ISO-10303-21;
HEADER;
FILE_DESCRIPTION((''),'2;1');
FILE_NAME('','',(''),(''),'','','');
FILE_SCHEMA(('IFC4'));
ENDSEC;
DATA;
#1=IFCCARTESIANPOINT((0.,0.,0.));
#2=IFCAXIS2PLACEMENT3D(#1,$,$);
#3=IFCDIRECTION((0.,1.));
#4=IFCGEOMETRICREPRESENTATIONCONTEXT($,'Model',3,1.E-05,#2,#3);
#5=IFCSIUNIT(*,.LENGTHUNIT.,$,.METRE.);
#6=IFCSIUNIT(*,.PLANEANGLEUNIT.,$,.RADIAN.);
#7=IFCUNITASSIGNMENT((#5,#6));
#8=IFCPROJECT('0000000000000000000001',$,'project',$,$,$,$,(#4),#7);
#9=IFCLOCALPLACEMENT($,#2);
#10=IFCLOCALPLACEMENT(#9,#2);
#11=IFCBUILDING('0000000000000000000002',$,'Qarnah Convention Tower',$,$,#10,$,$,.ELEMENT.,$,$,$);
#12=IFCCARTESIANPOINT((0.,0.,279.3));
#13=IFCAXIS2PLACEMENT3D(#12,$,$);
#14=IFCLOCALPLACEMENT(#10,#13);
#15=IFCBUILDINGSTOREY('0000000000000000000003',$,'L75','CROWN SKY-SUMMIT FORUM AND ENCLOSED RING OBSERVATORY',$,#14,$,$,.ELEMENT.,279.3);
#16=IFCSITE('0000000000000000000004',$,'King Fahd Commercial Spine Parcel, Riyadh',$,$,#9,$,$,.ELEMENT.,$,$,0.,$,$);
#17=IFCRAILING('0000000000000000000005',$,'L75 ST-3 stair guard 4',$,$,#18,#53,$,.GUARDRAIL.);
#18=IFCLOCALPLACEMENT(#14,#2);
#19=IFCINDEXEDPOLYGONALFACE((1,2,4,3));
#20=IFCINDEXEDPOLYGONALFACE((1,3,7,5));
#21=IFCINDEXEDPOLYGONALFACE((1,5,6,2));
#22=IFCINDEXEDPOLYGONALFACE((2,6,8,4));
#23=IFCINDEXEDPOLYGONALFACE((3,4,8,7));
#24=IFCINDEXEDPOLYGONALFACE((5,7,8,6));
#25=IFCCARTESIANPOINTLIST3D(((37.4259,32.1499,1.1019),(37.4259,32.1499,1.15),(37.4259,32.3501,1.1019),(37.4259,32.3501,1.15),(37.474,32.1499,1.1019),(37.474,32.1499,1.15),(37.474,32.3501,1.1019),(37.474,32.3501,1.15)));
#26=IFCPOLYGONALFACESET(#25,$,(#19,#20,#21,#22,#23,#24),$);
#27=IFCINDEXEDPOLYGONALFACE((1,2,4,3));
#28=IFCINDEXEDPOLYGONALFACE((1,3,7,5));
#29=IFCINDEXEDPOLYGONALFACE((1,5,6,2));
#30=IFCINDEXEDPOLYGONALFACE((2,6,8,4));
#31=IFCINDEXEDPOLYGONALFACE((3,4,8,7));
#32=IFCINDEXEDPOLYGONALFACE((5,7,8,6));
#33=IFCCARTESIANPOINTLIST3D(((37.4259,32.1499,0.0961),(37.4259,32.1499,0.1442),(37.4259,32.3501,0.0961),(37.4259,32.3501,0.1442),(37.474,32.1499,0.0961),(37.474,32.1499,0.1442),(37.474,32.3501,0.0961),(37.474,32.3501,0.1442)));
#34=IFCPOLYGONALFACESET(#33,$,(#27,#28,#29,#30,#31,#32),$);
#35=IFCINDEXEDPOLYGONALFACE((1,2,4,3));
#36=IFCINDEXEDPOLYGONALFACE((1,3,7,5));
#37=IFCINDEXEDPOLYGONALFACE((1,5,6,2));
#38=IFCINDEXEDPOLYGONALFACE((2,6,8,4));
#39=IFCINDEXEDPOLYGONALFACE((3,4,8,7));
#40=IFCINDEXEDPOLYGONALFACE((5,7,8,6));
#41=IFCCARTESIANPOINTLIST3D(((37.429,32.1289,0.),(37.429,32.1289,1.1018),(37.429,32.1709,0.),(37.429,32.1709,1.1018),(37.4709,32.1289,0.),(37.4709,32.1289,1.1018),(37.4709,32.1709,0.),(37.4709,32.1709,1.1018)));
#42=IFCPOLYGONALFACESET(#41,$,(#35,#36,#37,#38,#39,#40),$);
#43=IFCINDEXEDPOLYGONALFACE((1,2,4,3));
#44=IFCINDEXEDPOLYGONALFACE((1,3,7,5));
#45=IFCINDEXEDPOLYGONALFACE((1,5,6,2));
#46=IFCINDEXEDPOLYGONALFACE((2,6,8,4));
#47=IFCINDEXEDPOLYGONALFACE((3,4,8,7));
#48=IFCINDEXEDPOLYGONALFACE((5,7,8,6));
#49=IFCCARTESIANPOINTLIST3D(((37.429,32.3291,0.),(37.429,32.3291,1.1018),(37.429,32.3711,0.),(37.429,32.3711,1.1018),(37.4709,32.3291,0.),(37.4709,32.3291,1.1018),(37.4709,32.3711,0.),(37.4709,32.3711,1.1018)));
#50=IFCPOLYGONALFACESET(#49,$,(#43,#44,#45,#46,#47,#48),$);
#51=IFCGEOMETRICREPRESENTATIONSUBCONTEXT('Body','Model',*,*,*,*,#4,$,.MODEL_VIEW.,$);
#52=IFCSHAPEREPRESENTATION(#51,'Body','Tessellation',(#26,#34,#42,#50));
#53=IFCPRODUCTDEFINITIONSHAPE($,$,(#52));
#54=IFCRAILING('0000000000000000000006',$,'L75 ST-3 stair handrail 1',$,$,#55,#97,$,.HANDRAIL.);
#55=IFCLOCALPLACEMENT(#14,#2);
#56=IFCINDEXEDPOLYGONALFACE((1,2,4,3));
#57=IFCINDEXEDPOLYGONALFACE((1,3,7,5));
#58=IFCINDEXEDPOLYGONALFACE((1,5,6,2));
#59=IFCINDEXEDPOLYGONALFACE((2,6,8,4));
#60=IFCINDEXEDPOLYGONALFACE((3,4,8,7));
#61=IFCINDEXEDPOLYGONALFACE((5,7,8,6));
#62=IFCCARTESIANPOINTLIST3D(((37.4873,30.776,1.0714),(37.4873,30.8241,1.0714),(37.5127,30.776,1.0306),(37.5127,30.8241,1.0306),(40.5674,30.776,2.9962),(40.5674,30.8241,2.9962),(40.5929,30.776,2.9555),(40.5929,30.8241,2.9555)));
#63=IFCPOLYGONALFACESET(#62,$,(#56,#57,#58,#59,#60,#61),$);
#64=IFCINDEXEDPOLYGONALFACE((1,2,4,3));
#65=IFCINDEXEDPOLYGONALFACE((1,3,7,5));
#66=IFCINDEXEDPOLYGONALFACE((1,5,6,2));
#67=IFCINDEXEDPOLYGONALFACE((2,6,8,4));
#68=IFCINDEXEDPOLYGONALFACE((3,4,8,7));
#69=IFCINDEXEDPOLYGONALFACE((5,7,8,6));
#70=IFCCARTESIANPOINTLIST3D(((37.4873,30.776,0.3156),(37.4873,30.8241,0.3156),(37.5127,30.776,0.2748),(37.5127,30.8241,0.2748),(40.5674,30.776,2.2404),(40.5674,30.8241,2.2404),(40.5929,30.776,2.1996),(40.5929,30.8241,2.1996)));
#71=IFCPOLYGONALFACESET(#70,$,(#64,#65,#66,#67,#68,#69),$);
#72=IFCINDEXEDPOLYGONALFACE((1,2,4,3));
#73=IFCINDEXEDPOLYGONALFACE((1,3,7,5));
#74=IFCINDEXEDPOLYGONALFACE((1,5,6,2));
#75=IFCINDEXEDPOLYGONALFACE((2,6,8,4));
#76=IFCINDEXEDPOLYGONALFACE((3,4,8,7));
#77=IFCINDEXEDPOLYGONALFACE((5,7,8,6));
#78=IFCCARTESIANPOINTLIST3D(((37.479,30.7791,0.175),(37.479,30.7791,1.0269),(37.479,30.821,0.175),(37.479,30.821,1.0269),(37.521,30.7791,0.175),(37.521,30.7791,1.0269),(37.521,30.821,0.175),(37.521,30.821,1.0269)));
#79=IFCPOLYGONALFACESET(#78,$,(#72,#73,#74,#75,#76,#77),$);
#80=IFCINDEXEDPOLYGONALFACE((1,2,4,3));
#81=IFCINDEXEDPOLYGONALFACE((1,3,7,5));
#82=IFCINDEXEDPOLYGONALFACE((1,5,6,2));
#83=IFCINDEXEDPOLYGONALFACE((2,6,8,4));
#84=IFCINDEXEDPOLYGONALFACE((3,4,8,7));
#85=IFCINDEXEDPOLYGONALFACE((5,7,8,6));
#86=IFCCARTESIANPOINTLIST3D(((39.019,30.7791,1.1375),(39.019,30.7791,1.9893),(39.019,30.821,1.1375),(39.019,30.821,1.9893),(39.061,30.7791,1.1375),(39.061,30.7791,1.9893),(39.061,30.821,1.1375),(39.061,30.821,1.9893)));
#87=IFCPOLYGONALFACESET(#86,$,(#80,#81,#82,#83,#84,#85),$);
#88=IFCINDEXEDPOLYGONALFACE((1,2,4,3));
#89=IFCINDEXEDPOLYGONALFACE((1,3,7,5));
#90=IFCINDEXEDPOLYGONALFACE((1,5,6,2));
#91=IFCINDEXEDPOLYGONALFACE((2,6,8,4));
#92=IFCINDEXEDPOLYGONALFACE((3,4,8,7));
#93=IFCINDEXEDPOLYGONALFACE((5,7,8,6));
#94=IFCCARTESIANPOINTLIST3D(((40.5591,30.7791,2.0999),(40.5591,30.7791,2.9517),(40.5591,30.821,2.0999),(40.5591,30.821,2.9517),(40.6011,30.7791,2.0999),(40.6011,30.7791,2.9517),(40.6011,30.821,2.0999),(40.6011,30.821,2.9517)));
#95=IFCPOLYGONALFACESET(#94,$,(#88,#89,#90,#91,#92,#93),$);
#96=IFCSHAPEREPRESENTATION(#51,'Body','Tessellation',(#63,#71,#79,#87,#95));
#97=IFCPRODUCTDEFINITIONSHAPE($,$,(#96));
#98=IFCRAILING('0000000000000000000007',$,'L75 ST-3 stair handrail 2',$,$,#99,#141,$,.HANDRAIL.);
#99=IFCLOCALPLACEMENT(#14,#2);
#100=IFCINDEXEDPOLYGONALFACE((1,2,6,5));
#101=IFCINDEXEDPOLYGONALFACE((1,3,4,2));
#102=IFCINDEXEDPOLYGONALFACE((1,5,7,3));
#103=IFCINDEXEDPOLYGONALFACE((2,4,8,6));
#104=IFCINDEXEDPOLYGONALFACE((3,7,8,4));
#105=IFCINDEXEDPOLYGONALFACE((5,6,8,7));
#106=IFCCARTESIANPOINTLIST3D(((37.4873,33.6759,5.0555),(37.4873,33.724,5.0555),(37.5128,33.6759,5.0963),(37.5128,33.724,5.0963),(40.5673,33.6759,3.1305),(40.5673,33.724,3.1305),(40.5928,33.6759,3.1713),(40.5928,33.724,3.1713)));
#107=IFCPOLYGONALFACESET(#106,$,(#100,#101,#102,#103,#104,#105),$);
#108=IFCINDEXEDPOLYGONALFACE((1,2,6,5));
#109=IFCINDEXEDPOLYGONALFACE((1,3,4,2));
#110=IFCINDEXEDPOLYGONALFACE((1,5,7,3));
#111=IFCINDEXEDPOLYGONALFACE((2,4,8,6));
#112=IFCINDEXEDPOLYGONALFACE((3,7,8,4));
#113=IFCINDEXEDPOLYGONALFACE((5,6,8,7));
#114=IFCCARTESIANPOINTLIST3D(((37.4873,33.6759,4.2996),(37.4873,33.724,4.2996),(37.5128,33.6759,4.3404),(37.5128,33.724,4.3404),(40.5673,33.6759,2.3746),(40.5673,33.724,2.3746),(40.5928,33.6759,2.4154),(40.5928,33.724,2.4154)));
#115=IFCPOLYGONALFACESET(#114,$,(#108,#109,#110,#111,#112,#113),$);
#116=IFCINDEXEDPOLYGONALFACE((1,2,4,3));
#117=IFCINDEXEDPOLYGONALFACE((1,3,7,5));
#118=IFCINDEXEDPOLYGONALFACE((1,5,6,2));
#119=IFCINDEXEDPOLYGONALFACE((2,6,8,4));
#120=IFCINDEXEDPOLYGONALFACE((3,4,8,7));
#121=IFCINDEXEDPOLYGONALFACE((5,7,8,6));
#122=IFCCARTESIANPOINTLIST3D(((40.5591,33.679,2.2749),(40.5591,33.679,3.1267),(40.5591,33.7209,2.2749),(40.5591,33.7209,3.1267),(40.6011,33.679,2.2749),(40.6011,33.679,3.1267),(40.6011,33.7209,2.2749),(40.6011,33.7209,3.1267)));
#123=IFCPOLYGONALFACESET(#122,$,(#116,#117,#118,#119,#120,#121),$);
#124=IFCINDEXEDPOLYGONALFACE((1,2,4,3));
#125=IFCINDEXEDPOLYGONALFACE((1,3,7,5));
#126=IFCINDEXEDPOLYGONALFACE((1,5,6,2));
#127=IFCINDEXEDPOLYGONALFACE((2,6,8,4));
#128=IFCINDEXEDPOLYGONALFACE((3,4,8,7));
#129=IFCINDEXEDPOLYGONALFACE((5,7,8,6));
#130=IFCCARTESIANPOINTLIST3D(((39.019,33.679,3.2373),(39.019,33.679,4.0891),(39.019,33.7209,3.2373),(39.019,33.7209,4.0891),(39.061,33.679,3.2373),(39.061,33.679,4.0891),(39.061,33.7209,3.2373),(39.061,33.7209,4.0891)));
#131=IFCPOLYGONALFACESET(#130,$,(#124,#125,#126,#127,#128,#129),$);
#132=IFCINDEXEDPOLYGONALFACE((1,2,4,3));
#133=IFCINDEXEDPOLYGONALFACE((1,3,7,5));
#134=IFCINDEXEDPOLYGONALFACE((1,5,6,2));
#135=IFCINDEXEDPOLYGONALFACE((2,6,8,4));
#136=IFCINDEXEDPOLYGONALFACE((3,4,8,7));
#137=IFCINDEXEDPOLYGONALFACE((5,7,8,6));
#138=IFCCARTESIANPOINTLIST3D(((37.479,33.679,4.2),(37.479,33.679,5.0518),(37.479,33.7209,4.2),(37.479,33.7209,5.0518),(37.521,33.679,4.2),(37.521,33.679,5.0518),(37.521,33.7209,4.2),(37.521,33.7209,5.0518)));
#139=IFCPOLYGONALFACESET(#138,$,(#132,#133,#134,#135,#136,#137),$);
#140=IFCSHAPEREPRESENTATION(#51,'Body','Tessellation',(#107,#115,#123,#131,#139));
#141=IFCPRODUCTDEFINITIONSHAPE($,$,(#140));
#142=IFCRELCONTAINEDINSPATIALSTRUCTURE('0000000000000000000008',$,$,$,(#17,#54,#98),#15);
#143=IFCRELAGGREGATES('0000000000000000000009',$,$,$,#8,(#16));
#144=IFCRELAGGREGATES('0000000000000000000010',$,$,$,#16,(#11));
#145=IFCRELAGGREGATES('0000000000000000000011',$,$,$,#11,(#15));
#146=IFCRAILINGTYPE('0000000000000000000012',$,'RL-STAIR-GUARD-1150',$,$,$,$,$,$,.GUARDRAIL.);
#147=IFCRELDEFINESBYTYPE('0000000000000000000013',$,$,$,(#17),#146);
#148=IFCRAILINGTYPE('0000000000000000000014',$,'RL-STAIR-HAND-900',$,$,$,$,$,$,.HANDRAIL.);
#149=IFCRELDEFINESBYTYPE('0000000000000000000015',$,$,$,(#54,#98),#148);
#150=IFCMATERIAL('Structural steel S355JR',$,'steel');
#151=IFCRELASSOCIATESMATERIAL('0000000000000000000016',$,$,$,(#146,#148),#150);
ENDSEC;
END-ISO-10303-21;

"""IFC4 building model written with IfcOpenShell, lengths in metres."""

from ifc_helpers import new_model, si_unit, direction, frame, origin, origin_2d, place, context, subcontext, project, spatial, rectangle, extrude, material, type_object, element, save


model = new_model("IFC4")

# Units and contexts
model_context = context("Model", 3, precision=1e-05, world=origin(), true_north=direction((0.0, 1.0)))
body_context = subcontext(model_context, "Body", "Model", "MODEL_VIEW")
ifc_project = project(units=[si_unit("LENGTHUNIT", "METRE"), si_unit("PLANEANGLEUNIT", "RADIAN")], contexts=[model_context])

# Site, building, storey
site_placement = place(None, origin())
site = spatial("IfcSite", under=ifc_project, at=site_placement, Name="King Fahd Commercial Spine Parcel, Riyadh", CompositionType="ELEMENT", RefElevation=0.0)
building_placement = place(site_placement, origin())
building = spatial("IfcBuilding", under=site, at=building_placement, Name="Qarnah Convention Tower", CompositionType="ELEMENT")
storey_placement = place(building_placement, frame((0.0, 0.0, 279.3)))
storey = spatial("IfcBuildingStorey", under=building, at=storey_placement, Name="L75", Description="CROWN SKY-SUMMIT FORUM AND ENCLOSED RING OBSERVATORY", CompositionType="ELEMENT", Elevation=279.3)

# Shared definitions
ifc_material_1 = material(Name="Structural steel S355JR", Category="steel")

# Railings
railing_type_1 = type_object("IfcRailingType", Name="RL-STAIR-GUARD-1150", PredefinedType="GUARDRAIL", material=ifc_material_1)
railing_1_placement = place(storey_placement, frame((37.45, 32.1499, 0.0)))
element("IfcRailing", 1, at=railing_1_placement, inside=storey, type_object=railing_type_1, Name="L75 ST-3 stair guard 4", PredefinedType="GUARDRAIL", context=body_context, shape_type="SweptSolid", body=[
    extrude(rectangle(XDim=0.0481, YDim=0.0481, at=origin_2d()), frame((0.0, 0.0, 1.126), z_axis=(0.0, 1.0, 0.0), x_axis=(-1.0, 0.0, 0.0)), (0.0, 0.0, 1.0), 0.2002),
    extrude(rectangle(XDim=0.0481, YDim=0.0481, at=origin_2d()), frame((0.0, 0.0, 0.1201), z_axis=(0.0, 1.0, 0.0), x_axis=(-1.0, 0.0, 0.0)), (0.0, 0.0, 1.0), 0.2002),
    extrude(rectangle(XDim=0.042, YDim=0.042, at=origin_2d()), origin(), (0.0, 0.0, 1.0), 1.1018),
    extrude(rectangle(XDim=0.042, YDim=0.042, at=origin_2d()), frame((0.0, 0.2002, 0.0)), (0.0, 0.0, 1.0), 1.1018),
])
railing_type_2 = type_object("IfcRailingType", Name="RL-STAIR-HAND-900", PredefinedType="HANDRAIL", material=ifc_material_1)
railing_2_placement = place(storey_placement, frame((37.5, 30.8, 0.175)))
element("IfcRailing", 2, at=railing_2_placement, inside=storey, type_object=railing_type_2, Name="L75 ST-3 stair handrail 1", PredefinedType="HANDRAIL", context=body_context, shape_type="SweptSolid", body=[
    extrude(rectangle(XDim=0.0481, YDim=0.0481, at=origin_2d()), frame((0.0, 0.0, 0.876), z_axis=(0.848029, 0.0, 0.529951), x_axis=(0.0, 1.0, 0.0)), (0.0, 0.0, 1.0), 3.6321),
    extrude(rectangle(XDim=0.0481, YDim=0.0481, at=origin_2d()), frame((0.0, 0.0, 0.1201), z_axis=(0.848029, 0.0, 0.529951), x_axis=(0.0, 1.0, 0.0)), (0.0, 0.0, 1.0), 3.6321),
    extrude(rectangle(XDim=0.042, YDim=0.042, at=origin_2d()), origin(), (0.0, 0.0, 1.0), 0.8518),
    extrude(rectangle(XDim=0.042, YDim=0.042, at=origin_2d()), frame((1.54, 0.0, 0.9624)), (0.0, 0.0, 1.0), 0.8518),
    extrude(rectangle(XDim=0.042, YDim=0.042, at=origin_2d()), frame((3.0801, 0.0, 1.9248)), (0.0, 0.0, 1.0), 0.8518),
])
railing_3_placement = place(storey_placement, frame((40.5801, 33.7, 2.2749)))
element("IfcRailing", 3, at=railing_3_placement, inside=storey, type_object=railing_type_2, Name="L75 ST-3 stair handrail 2", PredefinedType="HANDRAIL", context=body_context, shape_type="SweptSolid", body=[
    extrude(rectangle(XDim=0.0481, YDim=0.0481, at=origin_2d()), frame((0.0, 0.0, 0.876), z_axis=(-0.847998, 0.0, 0.529999), x_axis=(0.0, -1.0, 0.0)), (0.0, 0.0, 1.0), 3.6321),
    extrude(rectangle(XDim=0.0481, YDim=0.0481, at=origin_2d()), frame((0.0, 0.0, 0.1201), z_axis=(-0.847998, 0.0, 0.529999), x_axis=(0.0, -1.0, 0.0)), (0.0, 0.0, 1.0), 3.6321),
    extrude(rectangle(XDim=0.042, YDim=0.042, at=origin_2d()), origin(), (0.0, 0.0, 1.0), 0.8518),
    extrude(rectangle(XDim=0.042, YDim=0.042, at=origin_2d()), frame((-1.54, 0.0, 0.9624)), (0.0, 0.0, 1.0), 0.8518),
    extrude(rectangle(XDim=0.042, YDim=0.042, at=origin_2d()), frame((-3.0801, 0.0, 1.925)), (0.0, 0.0, 1.0), 0.8518),
])

save(model, "model.ifc")
